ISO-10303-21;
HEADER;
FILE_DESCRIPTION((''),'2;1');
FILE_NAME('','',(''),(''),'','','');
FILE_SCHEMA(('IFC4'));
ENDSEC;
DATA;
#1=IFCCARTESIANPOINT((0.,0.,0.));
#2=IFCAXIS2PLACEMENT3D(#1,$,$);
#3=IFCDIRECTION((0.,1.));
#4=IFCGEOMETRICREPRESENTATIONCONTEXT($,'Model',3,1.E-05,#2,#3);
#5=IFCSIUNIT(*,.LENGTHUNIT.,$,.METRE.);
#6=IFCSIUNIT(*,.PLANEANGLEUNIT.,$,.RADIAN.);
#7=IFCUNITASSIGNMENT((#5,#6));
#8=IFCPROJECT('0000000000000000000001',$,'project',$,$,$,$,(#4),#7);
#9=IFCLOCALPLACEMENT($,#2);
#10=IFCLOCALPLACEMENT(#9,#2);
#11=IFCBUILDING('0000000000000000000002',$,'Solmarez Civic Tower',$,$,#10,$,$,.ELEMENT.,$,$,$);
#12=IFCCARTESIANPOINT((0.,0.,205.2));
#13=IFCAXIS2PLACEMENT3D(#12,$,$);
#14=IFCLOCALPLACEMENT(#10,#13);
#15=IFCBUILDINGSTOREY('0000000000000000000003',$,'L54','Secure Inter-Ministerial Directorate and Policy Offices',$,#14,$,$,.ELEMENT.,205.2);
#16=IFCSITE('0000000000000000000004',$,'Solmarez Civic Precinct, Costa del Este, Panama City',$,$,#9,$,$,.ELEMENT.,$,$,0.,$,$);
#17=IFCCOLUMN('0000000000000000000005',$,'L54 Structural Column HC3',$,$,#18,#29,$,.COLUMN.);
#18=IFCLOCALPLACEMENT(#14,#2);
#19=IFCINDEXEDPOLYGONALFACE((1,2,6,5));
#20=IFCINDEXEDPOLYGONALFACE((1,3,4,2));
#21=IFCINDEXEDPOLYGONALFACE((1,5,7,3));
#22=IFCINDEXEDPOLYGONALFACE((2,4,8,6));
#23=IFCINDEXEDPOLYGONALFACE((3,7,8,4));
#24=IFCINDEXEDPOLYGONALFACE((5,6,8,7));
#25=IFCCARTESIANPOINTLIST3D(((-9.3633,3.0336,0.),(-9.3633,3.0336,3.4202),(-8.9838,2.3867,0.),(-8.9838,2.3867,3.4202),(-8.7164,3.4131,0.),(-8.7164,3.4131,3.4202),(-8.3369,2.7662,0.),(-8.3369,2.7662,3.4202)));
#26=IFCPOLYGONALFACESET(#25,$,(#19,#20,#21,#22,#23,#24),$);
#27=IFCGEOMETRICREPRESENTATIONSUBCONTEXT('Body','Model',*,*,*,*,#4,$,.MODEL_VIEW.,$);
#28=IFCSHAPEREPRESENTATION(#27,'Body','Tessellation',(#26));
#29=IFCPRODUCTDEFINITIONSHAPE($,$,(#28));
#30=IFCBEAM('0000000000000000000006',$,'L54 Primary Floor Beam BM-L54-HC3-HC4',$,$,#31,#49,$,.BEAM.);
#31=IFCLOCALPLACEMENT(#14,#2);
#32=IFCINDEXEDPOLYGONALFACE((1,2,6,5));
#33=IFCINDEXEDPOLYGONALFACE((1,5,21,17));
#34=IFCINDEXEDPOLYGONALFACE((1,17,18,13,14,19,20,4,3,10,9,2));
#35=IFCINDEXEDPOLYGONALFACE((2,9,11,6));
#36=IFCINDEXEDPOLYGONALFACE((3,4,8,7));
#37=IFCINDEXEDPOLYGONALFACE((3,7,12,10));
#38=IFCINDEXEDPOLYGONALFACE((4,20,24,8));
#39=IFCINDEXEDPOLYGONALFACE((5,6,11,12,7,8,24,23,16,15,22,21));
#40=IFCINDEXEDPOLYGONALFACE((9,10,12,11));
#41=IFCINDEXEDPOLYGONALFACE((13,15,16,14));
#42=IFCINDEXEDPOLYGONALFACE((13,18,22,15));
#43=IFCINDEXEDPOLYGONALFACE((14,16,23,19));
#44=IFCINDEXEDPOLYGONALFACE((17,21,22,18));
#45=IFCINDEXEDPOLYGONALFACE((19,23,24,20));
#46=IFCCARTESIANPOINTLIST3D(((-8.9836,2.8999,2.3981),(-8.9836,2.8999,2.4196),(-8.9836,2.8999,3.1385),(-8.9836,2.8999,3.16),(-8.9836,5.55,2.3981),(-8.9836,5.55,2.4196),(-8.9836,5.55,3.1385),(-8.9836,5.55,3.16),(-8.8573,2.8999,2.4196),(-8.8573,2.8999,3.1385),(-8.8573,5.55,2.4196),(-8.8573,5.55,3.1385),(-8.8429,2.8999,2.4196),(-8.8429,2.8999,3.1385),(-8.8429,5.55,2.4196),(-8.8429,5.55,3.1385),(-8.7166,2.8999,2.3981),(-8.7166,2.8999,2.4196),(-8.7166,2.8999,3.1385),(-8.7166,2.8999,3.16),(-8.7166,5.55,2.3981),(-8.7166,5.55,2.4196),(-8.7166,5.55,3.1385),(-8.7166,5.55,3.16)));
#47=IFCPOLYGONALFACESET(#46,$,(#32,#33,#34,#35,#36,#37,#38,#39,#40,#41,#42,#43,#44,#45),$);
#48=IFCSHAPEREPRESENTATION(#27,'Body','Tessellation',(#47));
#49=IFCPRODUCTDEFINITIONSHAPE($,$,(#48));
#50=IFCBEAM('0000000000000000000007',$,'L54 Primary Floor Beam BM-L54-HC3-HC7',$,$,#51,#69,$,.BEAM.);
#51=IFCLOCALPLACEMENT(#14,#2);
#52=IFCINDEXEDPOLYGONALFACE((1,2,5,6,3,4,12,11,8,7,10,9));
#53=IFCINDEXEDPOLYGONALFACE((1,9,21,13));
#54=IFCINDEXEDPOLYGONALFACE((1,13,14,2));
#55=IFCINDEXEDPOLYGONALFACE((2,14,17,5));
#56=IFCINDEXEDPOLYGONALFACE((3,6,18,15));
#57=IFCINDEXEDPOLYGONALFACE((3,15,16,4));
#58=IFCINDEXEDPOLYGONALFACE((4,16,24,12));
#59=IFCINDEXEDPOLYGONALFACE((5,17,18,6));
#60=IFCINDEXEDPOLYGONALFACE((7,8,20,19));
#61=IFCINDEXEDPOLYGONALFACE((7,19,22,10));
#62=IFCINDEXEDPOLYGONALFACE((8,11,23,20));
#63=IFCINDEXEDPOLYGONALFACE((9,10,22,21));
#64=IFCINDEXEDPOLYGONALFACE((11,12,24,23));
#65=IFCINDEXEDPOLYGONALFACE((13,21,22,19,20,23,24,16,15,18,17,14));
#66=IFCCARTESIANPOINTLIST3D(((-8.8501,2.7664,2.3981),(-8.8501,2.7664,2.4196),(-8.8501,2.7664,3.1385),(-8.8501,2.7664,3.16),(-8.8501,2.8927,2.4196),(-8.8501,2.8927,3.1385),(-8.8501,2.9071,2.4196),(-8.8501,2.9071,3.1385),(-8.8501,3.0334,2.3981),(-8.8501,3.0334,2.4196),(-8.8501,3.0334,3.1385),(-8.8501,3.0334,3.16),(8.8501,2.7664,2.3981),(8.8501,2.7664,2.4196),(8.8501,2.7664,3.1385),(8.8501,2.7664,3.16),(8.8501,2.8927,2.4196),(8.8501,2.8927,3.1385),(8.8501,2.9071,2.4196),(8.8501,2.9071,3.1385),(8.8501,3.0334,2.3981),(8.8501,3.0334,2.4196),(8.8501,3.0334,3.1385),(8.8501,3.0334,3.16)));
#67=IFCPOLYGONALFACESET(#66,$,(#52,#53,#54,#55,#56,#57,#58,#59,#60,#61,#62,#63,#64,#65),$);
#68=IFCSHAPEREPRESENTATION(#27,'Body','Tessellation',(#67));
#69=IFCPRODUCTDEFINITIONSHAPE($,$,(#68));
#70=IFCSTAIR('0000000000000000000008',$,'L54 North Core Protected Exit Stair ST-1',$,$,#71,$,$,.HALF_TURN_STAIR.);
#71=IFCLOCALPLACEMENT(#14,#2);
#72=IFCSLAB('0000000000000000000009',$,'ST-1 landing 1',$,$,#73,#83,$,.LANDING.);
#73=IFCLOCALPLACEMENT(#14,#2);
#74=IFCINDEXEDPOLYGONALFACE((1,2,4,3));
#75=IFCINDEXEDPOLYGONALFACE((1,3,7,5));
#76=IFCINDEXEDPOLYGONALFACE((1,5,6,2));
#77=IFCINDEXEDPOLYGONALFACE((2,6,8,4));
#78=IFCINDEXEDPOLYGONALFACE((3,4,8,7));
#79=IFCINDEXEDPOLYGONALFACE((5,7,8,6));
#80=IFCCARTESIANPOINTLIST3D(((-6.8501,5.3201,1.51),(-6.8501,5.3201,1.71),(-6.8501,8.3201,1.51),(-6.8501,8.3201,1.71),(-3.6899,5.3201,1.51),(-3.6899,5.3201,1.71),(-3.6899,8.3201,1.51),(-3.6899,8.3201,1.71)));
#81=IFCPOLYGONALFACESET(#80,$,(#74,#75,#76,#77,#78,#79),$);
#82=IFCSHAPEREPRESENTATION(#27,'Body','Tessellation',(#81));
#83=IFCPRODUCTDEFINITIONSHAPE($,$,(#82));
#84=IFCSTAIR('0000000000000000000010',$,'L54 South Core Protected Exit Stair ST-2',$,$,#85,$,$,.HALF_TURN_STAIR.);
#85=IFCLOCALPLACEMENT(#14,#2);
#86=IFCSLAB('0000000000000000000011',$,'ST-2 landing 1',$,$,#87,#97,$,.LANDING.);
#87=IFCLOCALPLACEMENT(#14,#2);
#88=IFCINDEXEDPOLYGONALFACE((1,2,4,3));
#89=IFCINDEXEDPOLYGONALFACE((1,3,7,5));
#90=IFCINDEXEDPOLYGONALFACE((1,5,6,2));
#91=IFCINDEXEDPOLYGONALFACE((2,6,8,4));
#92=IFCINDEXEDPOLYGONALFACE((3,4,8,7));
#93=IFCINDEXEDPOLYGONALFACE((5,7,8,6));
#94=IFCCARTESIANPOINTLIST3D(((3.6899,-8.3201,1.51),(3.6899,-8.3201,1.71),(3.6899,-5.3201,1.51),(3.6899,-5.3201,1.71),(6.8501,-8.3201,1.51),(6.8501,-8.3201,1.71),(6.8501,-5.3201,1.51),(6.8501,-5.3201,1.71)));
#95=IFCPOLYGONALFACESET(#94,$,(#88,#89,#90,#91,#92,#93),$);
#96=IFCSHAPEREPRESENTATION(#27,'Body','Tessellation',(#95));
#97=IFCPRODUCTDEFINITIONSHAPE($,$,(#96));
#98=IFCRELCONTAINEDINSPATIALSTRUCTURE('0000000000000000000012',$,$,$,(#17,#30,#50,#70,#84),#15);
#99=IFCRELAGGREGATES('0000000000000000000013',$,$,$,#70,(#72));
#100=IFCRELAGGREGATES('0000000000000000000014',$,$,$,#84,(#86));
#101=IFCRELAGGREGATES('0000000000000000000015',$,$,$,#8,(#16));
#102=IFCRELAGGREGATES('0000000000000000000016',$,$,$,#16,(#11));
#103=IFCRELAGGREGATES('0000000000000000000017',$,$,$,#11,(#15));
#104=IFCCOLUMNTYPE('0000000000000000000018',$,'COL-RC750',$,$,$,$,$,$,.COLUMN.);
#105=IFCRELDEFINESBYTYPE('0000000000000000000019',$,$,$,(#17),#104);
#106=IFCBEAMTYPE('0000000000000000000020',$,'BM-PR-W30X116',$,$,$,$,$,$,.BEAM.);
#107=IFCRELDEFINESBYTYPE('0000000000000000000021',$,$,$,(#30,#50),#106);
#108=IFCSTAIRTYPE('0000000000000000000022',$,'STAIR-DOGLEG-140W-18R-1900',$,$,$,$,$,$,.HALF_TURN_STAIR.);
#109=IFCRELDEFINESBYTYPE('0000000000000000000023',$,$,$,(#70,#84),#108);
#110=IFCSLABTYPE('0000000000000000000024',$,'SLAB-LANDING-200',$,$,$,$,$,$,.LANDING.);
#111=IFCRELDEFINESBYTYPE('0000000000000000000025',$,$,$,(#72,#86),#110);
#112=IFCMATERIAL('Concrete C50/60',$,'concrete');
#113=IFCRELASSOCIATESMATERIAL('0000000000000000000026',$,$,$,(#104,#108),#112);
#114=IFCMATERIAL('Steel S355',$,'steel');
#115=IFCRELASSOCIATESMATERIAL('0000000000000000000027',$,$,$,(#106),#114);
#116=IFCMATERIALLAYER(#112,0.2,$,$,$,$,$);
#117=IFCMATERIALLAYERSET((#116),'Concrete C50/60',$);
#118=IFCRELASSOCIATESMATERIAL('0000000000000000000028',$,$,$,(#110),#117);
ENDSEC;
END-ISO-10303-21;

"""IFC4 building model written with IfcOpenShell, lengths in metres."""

from ifc_helpers import new_model, si_unit, direction, frame, origin, origin_2d, place, context, subcontext, project, spatial, polyline, rectangle, i_section, outline, extrude, material, layer, layer_set, material_profile, profile_set, type_object, element, aggregate, save


model = new_model("IFC4")

# Units and contexts
model_context = context("Model", 3, precision=1e-05, world=origin(), true_north=direction((0.0, 1.0)))
body_context = subcontext(model_context, "Body", "Model", "MODEL_VIEW")
ifc_project = project(units=[si_unit("LENGTHUNIT", "METRE"), si_unit("PLANEANGLEUNIT", "RADIAN")], contexts=[model_context])

# Site, building, storey
site_placement = place(None, origin())
site = spatial("IfcSite", under=ifc_project, at=site_placement, Name="Solmarez Civic Precinct, Costa del Este, Panama City", CompositionType="ELEMENT", RefElevation=0.0)
building_placement = place(site_placement, origin())
building = spatial("IfcBuilding", under=site, at=building_placement, Name="Solmarez Civic Tower", CompositionType="ELEMENT")
storey_placement = place(building_placement, frame((0.0, 0.0, 205.2)))
storey = spatial("IfcBuildingStorey", under=building, at=storey_placement, Name="L54", Description="Secure Inter-Ministerial Directorate and Policy Offices", CompositionType="ELEMENT", Elevation=205.2)

# Column
ifc_material_1 = material(Name="Concrete C50/60", Category="concrete")
ifc_material_profile_1 = material_profile(ifc_material_1, rectangle(XDim=0.75, YDim=0.75, at=origin_2d()), Name="RC750X750")
ifc_profile_set_1 = profile_set([ifc_material_profile_1], Name="Concrete C50/60")
column_type = type_object("IfcColumnType", Name="COL-RC750", PredefinedType="COLUMN", material=ifc_profile_set_1)
column_placement = place(storey_placement, frame((-8.8501, 2.8999, 0.0), z_axis=(0.0, 0.0, 1.0), x_axis=(0.862514, 0.506034, 0.0)))
element("IfcColumn", 1, at=column_placement, inside=storey, type_object=column_type, Name="L54 Structural Column HC3", PredefinedType="COLUMN", context=body_context, shape_type="SweptSolid", body=[
    extrude(rectangle(XDim=0.75, YDim=0.75, at=origin_2d()), origin(), (0.0, 0.0, 1.0), 3.4202),
])

# Beams
ifc_material_2 = material(Name="Steel S355", Category="steel")
ifc_material_profile_2 = material_profile(ifc_material_2, i_section(OverallWidth=0.2671, OverallDepth=0.762, WebThickness=0.0144, FlangeThickness=0.0215, at=origin_2d()), Name="W30X116")
ifc_profile_set_2 = profile_set([ifc_material_profile_2], Name="Steel S355")
beam_type = type_object("IfcBeamType", Name="BM-PR-W30X116", PredefinedType="BEAM", material=ifc_profile_set_2)
beam_1_placement = place(storey_placement, frame((-8.8501, 2.8999, 2.7791), z_axis=(0.0, 1.0, 0.0), x_axis=(-1.0, 0.0, 0.0)))
element("IfcBeam", 2, at=beam_1_placement, inside=storey, type_object=beam_type, Name="L54 Primary Floor Beam BM-L54-HC3-HC4", PredefinedType="BEAM", context=body_context, shape_type="SweptSolid", body=[
    extrude(i_section(OverallWidth=0.2671, OverallDepth=0.762, WebThickness=0.0144, FlangeThickness=0.0215, at=origin_2d()), origin(), (0.0, 0.0, 1.0), 2.6501),
])
beam_2_placement = place(storey_placement, frame((-8.8501, 2.8999, 2.7791), z_axis=(1.0, 0.0, 0.0), x_axis=(0.0, 1.0, 0.0)))
element("IfcBeam", 3, at=beam_2_placement, inside=storey, type_object=beam_type, Name="L54 Primary Floor Beam BM-L54-HC3-HC7", PredefinedType="BEAM", context=body_context, shape_type="SweptSolid", body=[
    extrude(i_section(OverallWidth=0.2671, OverallDepth=0.762, WebThickness=0.0144, FlangeThickness=0.0215, at=origin_2d()), origin(), (0.0, 0.0, 1.0), 17.7002),
])

# Stairs, slabs
stair_type = type_object("IfcStairType", Name="STAIR-DOGLEG-140W-18R-1900", PredefinedType="HALF_TURN_STAIR", material=ifc_material_1)
stair_1_placement = place(storey_placement, origin())
stair_1 = element("IfcStair", 4, at=stair_1_placement, inside=storey, type_object=stair_type, Name="L54 North Core Protected Exit Stair ST-1", PredefinedType="HALF_TURN_STAIR")
ifc_layer_1 = layer(ifc_material_1, 0.2)
ifc_layer_set_1 = layer_set([ifc_layer_1], Name="Concrete C50/60")
slab_type_1 = type_object("IfcSlabType", Name="SLAB-LANDING-200", PredefinedType="LANDING", material=ifc_layer_set_1)
slab_1_placement = place(storey_placement, frame((0.0, 0.0, 1.51)))
slab_1 = element("IfcSlab", 5, at=slab_1_placement, type_object=slab_type_1, Name="ST-1 landing 1", PredefinedType="LANDING", context=body_context, shape_type="SweptSolid", body=[
    extrude(outline(polyline([(-3.6899, 8.3201), (-6.8501, 8.3201), (-6.8501, 5.3201), (-3.6899, 5.3201), (-3.6899, 8.3201)])), origin(), (0.0, 0.0, 1.0), 0.2),
])
aggregate(stair_1, [slab_1])
stair_2_placement = place(storey_placement, origin())
stair_2 = element("IfcStair", 6, at=stair_2_placement, inside=storey, type_object=stair_type, Name="L54 South Core Protected Exit Stair ST-2", PredefinedType="HALF_TURN_STAIR")
slab_2_placement = place(storey_placement, frame((0.0, 0.0, 1.51)))
slab_2 = element("IfcSlab", 7, at=slab_2_placement, type_object=slab_type_1, Name="ST-2 landing 1", PredefinedType="LANDING", context=body_context, shape_type="SweptSolid", body=[
    extrude(outline(polyline([(3.6899, -8.3201), (6.8501, -8.3201), (6.8501, -5.3201), (3.6899, -5.3201), (3.6899, -8.3201)])), origin(), (0.0, 0.0, 1.0), 0.2),
])
aggregate(stair_2, [slab_2])

save(model, "model.ifc")
